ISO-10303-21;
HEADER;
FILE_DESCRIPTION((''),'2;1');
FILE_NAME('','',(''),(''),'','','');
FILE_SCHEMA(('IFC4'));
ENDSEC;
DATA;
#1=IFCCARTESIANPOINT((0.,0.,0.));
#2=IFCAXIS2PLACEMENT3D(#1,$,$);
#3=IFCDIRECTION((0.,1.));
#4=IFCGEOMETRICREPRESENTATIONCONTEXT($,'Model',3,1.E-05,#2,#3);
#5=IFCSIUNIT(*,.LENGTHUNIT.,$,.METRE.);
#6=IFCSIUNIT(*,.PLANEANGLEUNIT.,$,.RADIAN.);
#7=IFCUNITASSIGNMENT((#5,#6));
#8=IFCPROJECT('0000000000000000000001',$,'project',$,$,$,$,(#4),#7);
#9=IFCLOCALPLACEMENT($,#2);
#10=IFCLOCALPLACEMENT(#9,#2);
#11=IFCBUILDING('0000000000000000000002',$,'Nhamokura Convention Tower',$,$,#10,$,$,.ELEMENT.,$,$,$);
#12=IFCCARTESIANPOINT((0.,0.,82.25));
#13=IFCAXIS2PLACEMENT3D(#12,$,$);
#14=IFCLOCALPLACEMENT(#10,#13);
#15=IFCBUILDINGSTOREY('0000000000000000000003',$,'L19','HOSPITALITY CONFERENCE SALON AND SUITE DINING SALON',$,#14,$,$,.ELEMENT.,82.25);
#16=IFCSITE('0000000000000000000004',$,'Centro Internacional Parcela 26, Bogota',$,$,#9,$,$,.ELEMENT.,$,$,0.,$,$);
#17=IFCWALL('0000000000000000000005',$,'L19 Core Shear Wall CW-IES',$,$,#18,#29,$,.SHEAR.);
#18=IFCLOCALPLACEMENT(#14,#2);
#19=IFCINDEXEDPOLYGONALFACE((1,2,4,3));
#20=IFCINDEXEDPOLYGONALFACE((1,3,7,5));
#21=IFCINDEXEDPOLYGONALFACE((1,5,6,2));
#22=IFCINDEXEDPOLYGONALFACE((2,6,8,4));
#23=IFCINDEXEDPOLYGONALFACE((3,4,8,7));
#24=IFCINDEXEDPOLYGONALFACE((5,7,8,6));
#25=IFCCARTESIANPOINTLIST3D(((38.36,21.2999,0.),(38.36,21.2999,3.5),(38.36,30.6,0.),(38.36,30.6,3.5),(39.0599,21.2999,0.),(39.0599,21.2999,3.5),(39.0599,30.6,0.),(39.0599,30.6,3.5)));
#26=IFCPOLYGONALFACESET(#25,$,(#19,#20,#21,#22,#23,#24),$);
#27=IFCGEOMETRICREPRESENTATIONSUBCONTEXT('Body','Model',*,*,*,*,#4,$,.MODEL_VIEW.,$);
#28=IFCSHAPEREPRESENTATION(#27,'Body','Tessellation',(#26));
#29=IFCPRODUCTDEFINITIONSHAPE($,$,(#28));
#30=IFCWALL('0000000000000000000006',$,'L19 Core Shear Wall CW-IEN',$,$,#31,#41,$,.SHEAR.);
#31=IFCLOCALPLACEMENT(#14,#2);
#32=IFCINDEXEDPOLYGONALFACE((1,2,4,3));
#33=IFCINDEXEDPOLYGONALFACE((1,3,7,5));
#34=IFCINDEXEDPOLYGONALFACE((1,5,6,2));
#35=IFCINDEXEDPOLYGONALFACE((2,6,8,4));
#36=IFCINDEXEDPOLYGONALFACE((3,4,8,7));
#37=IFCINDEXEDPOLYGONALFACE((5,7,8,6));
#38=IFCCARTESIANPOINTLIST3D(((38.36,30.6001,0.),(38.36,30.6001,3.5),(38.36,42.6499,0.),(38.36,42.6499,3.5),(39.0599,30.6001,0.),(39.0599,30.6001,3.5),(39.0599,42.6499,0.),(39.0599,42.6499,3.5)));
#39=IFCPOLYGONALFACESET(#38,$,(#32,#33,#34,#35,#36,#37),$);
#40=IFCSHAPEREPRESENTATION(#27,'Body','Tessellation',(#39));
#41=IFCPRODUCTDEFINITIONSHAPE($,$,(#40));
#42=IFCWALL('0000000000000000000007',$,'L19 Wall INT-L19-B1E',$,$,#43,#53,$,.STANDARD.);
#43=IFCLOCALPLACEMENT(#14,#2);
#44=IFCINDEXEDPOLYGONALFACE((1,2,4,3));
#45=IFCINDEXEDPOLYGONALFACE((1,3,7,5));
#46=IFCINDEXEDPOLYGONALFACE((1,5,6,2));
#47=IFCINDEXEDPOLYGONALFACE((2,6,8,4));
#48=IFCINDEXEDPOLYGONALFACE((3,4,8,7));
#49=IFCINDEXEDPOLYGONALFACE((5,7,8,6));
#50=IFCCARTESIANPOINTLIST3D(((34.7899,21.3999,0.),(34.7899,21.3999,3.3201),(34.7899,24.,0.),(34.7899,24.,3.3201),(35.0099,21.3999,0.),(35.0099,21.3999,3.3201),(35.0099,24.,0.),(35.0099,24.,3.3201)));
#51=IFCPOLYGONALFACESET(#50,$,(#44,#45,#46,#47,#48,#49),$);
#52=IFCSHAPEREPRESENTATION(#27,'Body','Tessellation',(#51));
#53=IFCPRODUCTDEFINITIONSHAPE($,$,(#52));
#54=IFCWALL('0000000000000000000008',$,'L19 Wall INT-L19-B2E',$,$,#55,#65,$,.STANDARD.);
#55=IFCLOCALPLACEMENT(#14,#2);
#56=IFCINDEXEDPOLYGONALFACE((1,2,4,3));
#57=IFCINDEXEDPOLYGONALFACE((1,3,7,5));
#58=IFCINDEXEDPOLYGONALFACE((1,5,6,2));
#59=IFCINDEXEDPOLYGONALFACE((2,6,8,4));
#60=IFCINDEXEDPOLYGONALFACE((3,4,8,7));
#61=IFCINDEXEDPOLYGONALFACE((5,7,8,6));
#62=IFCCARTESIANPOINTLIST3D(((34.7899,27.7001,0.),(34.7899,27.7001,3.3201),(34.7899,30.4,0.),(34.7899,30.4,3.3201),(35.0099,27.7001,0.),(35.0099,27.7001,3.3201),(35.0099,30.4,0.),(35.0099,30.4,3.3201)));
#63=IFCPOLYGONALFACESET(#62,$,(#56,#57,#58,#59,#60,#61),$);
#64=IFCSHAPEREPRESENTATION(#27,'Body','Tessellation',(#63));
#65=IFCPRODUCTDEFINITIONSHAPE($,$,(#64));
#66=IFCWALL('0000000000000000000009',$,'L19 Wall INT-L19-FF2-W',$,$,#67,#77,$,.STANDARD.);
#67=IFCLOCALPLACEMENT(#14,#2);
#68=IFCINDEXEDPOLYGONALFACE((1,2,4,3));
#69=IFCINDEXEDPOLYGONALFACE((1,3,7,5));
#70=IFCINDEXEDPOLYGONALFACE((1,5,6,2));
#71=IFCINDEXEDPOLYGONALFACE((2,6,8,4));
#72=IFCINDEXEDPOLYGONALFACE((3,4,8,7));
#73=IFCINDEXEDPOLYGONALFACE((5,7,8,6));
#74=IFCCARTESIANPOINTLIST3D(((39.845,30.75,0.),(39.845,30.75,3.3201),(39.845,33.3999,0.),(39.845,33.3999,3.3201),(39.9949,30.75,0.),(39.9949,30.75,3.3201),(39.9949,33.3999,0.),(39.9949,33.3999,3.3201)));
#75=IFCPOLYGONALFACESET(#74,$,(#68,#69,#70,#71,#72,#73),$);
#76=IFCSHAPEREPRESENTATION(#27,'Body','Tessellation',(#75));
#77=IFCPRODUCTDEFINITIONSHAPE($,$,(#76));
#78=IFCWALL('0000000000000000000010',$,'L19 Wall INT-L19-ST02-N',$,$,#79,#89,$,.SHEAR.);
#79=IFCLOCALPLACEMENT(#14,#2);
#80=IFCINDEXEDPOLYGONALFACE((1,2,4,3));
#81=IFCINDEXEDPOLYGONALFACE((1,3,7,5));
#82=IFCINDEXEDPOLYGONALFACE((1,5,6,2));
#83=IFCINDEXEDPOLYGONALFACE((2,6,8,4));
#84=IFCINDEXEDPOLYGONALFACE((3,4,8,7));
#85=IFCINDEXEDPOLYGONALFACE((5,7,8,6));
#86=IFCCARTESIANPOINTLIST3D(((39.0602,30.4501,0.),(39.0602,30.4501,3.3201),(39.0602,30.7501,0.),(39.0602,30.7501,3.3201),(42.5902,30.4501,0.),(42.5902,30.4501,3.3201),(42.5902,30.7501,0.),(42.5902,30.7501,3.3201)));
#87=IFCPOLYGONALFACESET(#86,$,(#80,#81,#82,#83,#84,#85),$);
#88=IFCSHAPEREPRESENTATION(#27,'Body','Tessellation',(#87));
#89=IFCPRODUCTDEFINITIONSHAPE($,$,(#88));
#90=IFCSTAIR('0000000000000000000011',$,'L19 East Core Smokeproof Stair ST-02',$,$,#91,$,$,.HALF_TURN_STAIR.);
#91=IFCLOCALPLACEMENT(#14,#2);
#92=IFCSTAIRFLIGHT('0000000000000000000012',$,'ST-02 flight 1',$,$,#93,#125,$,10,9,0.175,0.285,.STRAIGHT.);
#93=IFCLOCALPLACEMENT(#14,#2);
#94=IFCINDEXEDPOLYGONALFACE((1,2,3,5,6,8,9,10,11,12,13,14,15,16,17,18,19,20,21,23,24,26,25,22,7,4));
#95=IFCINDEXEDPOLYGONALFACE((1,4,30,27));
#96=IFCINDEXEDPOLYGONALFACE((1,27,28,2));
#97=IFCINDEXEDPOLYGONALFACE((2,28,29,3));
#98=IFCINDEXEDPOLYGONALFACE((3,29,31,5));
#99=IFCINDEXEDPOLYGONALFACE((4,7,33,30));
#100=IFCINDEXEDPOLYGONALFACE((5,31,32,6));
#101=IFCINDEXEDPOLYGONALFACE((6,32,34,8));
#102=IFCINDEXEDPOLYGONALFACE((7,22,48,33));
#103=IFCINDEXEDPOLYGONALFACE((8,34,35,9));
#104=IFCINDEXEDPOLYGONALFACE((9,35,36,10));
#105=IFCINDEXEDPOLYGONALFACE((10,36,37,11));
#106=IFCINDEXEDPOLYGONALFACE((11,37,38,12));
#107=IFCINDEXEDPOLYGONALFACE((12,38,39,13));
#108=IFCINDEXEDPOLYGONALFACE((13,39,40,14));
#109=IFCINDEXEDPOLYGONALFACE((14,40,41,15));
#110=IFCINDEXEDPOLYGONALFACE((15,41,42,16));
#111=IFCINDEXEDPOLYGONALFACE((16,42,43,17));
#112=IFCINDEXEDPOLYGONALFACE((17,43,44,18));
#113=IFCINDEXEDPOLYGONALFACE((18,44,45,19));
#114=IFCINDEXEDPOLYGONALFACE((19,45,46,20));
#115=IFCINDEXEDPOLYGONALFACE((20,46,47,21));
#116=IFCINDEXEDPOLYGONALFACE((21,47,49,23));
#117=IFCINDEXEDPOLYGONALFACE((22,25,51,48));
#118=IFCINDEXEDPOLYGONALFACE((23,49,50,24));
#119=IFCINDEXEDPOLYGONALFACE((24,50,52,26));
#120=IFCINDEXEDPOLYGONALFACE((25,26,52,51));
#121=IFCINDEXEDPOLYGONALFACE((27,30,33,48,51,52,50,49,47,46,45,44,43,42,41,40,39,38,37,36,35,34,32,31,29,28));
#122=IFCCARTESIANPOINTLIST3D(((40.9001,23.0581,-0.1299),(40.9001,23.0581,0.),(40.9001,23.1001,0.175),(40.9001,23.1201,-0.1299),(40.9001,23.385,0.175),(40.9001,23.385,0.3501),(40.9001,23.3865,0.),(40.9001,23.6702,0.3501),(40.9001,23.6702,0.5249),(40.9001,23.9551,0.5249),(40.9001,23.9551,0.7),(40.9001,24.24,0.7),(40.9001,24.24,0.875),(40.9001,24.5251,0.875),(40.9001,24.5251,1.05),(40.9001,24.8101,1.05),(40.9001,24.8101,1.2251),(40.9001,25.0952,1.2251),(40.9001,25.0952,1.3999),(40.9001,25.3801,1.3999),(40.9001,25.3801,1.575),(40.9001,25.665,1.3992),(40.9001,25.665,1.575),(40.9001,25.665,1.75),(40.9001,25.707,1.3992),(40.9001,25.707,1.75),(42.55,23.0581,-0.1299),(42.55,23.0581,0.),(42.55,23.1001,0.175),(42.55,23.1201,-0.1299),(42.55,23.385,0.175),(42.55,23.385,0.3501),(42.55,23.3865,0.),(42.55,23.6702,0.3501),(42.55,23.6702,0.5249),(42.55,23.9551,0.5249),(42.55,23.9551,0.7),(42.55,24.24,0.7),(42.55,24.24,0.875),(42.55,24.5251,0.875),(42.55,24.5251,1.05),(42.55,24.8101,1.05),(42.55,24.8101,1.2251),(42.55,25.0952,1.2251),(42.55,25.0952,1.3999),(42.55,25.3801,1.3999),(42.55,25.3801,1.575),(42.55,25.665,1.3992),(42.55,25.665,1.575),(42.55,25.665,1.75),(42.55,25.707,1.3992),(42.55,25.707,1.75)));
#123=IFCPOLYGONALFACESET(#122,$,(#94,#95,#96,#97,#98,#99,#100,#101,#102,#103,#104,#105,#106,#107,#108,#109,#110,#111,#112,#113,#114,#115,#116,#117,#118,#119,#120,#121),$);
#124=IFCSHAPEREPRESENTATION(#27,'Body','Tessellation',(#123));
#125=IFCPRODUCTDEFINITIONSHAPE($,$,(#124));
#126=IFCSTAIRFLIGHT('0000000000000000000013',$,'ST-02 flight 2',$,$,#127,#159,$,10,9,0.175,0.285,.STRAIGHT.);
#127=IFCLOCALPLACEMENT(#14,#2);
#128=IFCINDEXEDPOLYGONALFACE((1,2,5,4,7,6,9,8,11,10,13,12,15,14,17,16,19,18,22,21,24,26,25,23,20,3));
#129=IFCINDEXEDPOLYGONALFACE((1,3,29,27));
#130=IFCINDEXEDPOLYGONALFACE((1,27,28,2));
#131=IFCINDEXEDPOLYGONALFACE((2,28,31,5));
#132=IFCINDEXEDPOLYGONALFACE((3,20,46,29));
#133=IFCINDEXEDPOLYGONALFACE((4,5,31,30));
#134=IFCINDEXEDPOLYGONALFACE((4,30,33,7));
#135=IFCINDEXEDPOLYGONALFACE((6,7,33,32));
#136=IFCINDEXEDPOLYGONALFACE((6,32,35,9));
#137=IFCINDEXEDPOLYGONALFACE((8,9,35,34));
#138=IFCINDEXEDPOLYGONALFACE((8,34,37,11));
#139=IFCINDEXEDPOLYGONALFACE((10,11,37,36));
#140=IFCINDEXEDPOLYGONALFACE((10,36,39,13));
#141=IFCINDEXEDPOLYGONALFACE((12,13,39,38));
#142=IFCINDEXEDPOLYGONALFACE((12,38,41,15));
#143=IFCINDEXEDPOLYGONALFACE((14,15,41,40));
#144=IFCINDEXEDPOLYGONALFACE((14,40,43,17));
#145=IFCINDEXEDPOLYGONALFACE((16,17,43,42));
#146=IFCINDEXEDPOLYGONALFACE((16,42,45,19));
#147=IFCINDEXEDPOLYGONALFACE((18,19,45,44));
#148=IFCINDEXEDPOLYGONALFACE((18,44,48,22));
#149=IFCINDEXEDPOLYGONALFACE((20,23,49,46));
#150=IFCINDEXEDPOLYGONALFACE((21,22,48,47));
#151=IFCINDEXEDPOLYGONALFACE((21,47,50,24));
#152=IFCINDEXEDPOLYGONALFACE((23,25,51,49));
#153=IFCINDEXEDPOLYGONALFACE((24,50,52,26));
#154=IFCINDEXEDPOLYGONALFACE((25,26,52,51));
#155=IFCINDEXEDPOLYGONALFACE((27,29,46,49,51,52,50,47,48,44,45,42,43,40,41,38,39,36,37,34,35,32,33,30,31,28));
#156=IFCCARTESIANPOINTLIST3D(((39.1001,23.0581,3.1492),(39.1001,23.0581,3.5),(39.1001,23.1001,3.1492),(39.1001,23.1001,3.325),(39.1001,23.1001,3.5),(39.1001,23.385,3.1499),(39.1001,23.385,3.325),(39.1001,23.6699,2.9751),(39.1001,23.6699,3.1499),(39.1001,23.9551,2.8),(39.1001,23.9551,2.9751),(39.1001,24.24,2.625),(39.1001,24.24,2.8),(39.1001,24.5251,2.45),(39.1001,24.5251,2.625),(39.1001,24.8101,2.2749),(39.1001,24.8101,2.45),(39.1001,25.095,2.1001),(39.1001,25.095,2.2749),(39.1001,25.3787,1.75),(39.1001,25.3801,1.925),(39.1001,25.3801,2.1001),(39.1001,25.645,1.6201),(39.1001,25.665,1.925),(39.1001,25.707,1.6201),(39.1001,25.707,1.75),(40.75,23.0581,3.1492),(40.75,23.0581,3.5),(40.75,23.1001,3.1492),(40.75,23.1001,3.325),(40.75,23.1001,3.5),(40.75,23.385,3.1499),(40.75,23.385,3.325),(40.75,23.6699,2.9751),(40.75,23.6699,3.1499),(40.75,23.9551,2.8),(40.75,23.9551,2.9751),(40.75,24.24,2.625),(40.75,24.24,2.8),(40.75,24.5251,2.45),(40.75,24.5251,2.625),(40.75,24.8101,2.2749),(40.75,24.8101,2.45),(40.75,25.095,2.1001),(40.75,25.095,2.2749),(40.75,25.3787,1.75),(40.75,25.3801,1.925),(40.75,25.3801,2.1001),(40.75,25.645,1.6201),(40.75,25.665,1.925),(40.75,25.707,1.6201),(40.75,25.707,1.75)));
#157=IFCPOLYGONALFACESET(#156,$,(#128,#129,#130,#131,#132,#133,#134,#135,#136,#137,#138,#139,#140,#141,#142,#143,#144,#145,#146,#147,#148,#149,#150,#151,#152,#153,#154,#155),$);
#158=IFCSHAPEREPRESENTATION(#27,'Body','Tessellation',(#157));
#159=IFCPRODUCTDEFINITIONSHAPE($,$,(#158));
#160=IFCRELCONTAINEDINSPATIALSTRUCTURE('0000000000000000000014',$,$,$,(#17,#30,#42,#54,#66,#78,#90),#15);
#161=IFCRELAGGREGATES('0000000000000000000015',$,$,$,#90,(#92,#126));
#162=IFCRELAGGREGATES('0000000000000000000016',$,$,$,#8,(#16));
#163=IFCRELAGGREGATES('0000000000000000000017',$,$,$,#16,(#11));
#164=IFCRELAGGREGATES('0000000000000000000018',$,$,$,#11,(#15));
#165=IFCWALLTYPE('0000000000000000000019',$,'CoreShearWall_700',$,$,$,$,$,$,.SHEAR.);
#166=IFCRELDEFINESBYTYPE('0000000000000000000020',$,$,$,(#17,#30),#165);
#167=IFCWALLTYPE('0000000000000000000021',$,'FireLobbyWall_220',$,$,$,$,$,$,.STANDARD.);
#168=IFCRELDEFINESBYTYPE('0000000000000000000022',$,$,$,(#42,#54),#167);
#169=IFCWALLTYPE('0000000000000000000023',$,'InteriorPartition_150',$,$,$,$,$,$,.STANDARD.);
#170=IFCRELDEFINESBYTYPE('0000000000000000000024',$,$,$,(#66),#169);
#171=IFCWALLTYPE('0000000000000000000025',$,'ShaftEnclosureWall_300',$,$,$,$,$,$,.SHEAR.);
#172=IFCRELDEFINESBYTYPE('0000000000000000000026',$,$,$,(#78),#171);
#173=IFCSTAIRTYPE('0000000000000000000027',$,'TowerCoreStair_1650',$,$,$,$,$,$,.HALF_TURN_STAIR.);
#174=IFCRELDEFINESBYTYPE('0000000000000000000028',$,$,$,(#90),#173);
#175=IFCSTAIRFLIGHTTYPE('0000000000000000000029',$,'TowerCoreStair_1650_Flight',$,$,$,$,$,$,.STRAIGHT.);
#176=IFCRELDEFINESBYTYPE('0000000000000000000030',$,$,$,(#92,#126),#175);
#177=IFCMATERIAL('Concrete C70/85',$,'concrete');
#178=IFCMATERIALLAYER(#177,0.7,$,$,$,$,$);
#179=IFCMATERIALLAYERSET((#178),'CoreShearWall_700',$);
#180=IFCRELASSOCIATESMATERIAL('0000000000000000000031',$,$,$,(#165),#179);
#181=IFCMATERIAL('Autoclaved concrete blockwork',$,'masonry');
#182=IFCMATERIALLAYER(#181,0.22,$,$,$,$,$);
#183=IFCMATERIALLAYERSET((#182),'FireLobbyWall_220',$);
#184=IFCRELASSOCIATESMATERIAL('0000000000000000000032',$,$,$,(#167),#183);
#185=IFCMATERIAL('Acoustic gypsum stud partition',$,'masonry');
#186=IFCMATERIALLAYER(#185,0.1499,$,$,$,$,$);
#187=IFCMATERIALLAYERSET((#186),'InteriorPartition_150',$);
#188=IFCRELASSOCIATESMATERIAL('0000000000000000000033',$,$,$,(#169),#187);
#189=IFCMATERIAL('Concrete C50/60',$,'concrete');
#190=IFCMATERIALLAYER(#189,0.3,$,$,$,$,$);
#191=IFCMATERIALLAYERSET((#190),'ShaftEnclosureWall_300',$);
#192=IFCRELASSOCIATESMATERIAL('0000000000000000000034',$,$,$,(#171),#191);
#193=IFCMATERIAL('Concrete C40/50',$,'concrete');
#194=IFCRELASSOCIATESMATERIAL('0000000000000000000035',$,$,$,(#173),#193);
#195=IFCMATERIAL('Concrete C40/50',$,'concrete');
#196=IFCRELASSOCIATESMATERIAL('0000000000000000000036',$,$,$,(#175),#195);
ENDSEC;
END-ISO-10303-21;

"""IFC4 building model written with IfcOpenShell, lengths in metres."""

from ifc_helpers import new_model, si_unit, direction, frame, frame_2d, origin, place, context, subcontext, project, spatial, polyline, rectangle, outline, extrude, material, layer, layer_set, type_object, element, aggregate, save


model = new_model("IFC4")

# Units and contexts
model_context = context("Model", 3, precision=1e-05, world=origin(), true_north=direction((0.0, 1.0)))
body_context = subcontext(model_context, "Body", "Model", "MODEL_VIEW")
ifc_project = project(units=[si_unit("LENGTHUNIT", "METRE"), si_unit("PLANEANGLEUNIT", "RADIAN")], contexts=[model_context])

# Site, building, storey
site_placement = place(None, origin())
site = spatial("IfcSite", under=ifc_project, at=site_placement, Name="Centro Internacional Parcela 26, Bogota", CompositionType="ELEMENT", RefElevation=0.0)
building_placement = place(site_placement, origin())
building = spatial("IfcBuilding", under=site, at=building_placement, Name="Nhamokura Convention Tower", CompositionType="ELEMENT")
storey_placement = place(building_placement, frame((0.0, 0.0, 82.25)))
storey = spatial("IfcBuildingStorey", under=building, at=storey_placement, Name="L19", Description="HOSPITALITY CONFERENCE SALON AND SUITE DINING SALON", CompositionType="ELEMENT", Elevation=82.25)

# Shared definitions
ifc_material_1 = material(Name="Concrete C70/85", Category="concrete")
ifc_layer_1 = layer(ifc_material_1, 0.7)
ifc_layer_set_1 = layer_set([ifc_layer_1], Name="CoreShearWall_700")
wall_type_1 = type_object("IfcWallType", Name="CoreShearWall_700", PredefinedType="SHEAR", material=ifc_layer_set_1)

# Walls
wall_1_placement = place(storey_placement, frame((38.71, 21.3, 0.0), z_axis=(0.0, 0.0, 1.0), x_axis=(0.0, 1.0, 0.0)))
element("IfcWall", 1, at=wall_1_placement, inside=storey, type_object=wall_type_1, Name="L19 Core Shear Wall CW-IES", PredefinedType="SHEAR", context=body_context, shape_type="SweptSolid", body=[
    extrude(rectangle(XDim=9.3, YDim=0.7, at=frame_2d((4.6499, 0.0))), origin(), (0.0, 0.0, 1.0), 3.5),
])
wall_2_placement = place(storey_placement, frame((38.71, 30.6001, 0.0), z_axis=(0.0, 0.0, 1.0), x_axis=(0.0, 1.0, 0.0)))
element("IfcWall", 2, at=wall_2_placement, inside=storey, type_object=wall_type_1, Name="L19 Core Shear Wall CW-IEN", PredefinedType="SHEAR", context=body_context, shape_type="SweptSolid", body=[
    extrude(rectangle(XDim=12.0498, YDim=0.7, at=frame_2d((6.0249, 0.0))), origin(), (0.0, 0.0, 1.0), 3.5),
])
ifc_material_2 = material(Name="Autoclaved concrete blockwork", Category="masonry")
ifc_layer_2 = layer(ifc_material_2, 0.22)
ifc_layer_set_2 = layer_set([ifc_layer_2], Name="FireLobbyWall_220")
wall_type_2 = type_object("IfcWallType", Name="FireLobbyWall_220", PredefinedType="STANDARD", material=ifc_layer_set_2)
wall_3_placement = place(storey_placement, frame((34.8999, 21.3999, 0.0), z_axis=(0.0, 0.0, 1.0), x_axis=(0.0, 1.0, 0.0)))
element("IfcWall", 3, at=wall_3_placement, inside=storey, type_object=wall_type_2, Name="L19 Wall INT-L19-B1E", PredefinedType="STANDARD", context=body_context, shape_type="SweptSolid", body=[
    extrude(rectangle(XDim=2.6001, YDim=0.22, at=frame_2d((1.3, 0.0))), origin(), (0.0, 0.0, 1.0), 3.3201),
])
wall_4_placement = place(storey_placement, frame((34.8999, 27.7, 0.0), z_axis=(0.0, 0.0, 1.0), x_axis=(0.0, 1.0, 0.0)))
element("IfcWall", 4, at=wall_4_placement, inside=storey, type_object=wall_type_2, Name="L19 Wall INT-L19-B2E", PredefinedType="STANDARD", context=body_context, shape_type="SweptSolid", body=[
    extrude(rectangle(XDim=2.7, YDim=0.22, at=frame_2d((1.3501, 0.0))), origin(), (0.0, 0.0, 1.0), 3.3201),
])
ifc_material_3 = material(Name="Acoustic gypsum stud partition", Category="masonry")
ifc_layer_3 = layer(ifc_material_3, 0.1499)
ifc_layer_set_3 = layer_set([ifc_layer_3], Name="InteriorPartition_150")
wall_type_3 = type_object("IfcWallType", Name="InteriorPartition_150", PredefinedType="STANDARD", material=ifc_layer_set_3)
wall_5_placement = place(storey_placement, frame((39.9199, 30.75, 0.0), z_axis=(0.0, 0.0, 1.0), x_axis=(0.0, 1.0, 0.0)))
element("IfcWall", 5, at=wall_5_placement, inside=storey, type_object=wall_type_3, Name="L19 Wall INT-L19-FF2-W", PredefinedType="STANDARD", context=body_context, shape_type="SweptSolid", body=[
    extrude(rectangle(XDim=2.6499, YDim=0.1499, at=frame_2d((1.325, 0.0))), origin(), (0.0, 0.0, 1.0), 3.3201),
])
ifc_material_4 = material(Name="Concrete C50/60", Category="concrete")
ifc_layer_4 = layer(ifc_material_4, 0.3)
ifc_layer_set_4 = layer_set([ifc_layer_4], Name="ShaftEnclosureWall_300")
wall_type_4 = type_object("IfcWallType", Name="ShaftEnclosureWall_300", PredefinedType="SHEAR", material=ifc_layer_set_4)
wall_6_placement = place(storey_placement, frame((39.0601, 30.6001, 0.0), z_axis=(0.0, 0.0, 1.0), x_axis=(1.0, 0.0, 0.0)))
element("IfcWall", 6, at=wall_6_placement, inside=storey, type_object=wall_type_4, Name="L19 Wall INT-L19-ST02-N", PredefinedType="SHEAR", context=body_context, shape_type="SweptSolid", body=[
    extrude(rectangle(XDim=3.53, YDim=0.3, at=frame_2d((1.7651, 0.0))), origin(), (0.0, 0.0, 1.0), 3.3201),
])

# Stair, stair flights
ifc_material_5 = material(Name="Concrete C40/50", Category="concrete")
stair_type = type_object("IfcStairType", Name="TowerCoreStair_1650", PredefinedType="HALF_TURN_STAIR", material=ifc_material_5)
stair_placement = place(storey_placement, origin())
stair = element("IfcStair", 7, at=stair_placement, inside=storey, type_object=stair_type, Name="L19 East Core Smokeproof Stair ST-02", PredefinedType="HALF_TURN_STAIR")
ifc_material_6 = material(Name="Concrete C40/50", Category="concrete")
stair_flight_type = type_object("IfcStairFlightType", Name="TowerCoreStair_1650_Flight", PredefinedType="STRAIGHT", material=ifc_material_6)
stair_flight_1_placement = place(storey_placement, frame((41.7251, 23.1001, 0.0), z_axis=(0.0, 0.0, 1.0), x_axis=(0.0, 1.0, 0.0)))
stair_flight_1 = element("IfcStairFlight", 8, at=stair_flight_1_placement, type_object=stair_flight_type, Name="ST-02 flight 1", NumberOfRisers=10, NumberOfTreads=9, PredefinedType="STRAIGHT", RiserHeight=0.175, TreadLength=0.285, context=body_context, shape_type="SweptSolid", body=[
    extrude(outline(polyline([(-0.042, 0.0), (0.0, 0.175), (0.2849, 0.175), (0.2849, 0.3501), (0.5701, 0.3501), (0.5701, 0.5249), (0.855, 0.5249), (0.855, 0.7), (1.1399, 0.7), (1.1399, 0.875), (1.425, 0.875), (1.425, 1.05), (1.71, 1.05), (1.71, 1.2251), (1.9951, 1.2251), (1.9951, 1.3999), (2.28, 1.3999), (2.28, 1.575), (2.5649, 1.575), (2.5649, 1.75), (2.6069, 1.75), (2.6069, 1.3992), (2.5649, 1.3992), (0.2864, 0.0), (0.02, -0.1299), (-0.042, -0.1299), (-0.042, 0.0)])), frame((0.0, 0.825, 0.0), z_axis=(0.0, -1.0, 0.0), x_axis=(1.0, 0.0, 0.0)), (0.0, 0.0, 1.0), 1.6499),
])
stair_flight_2_placement = place(storey_placement, frame((39.925, 25.665, 1.75), z_axis=(0.0, 0.0, 1.0), x_axis=(0.0, -1.0, 0.0)))
stair_flight_2 = element("IfcStairFlight", 9, at=stair_flight_2_placement, type_object=stair_flight_type, Name="ST-02 flight 2", NumberOfRisers=10, NumberOfTreads=9, PredefinedType="STRAIGHT", RiserHeight=0.175, TreadLength=0.285, context=body_context, shape_type="SweptSolid", body=[
    extrude(outline(polyline([(-0.042, 0.0), (0.0, 0.175), (0.2849, 0.175), (0.2849, 0.3501), (0.5701, 0.3501), (0.5701, 0.5249), (0.855, 0.5249), (0.855, 0.7), (1.1399, 0.7), (1.1399, 0.875), (1.425, 0.875), (1.425, 1.05), (1.71, 1.05), (1.71, 1.2251), (1.9951, 1.2251), (1.9951, 1.3999), (2.28, 1.3999), (2.28, 1.575), (2.5649, 1.575), (2.5649, 1.75), (2.6069, 1.75), (2.6069, 1.3992), (2.5649, 1.3992), (0.2864, 0.0), (0.02, -0.1299), (-0.042, -0.1299), (-0.042, 0.0)])), frame((0.0, 0.825, 0.0), z_axis=(0.0, -1.0, 0.0), x_axis=(1.0, 0.0, 0.0)), (0.0, 0.0, 1.0), 1.6499),
])
aggregate(stair, [stair_flight_1, stair_flight_2])

save(model, "model.ifc")
